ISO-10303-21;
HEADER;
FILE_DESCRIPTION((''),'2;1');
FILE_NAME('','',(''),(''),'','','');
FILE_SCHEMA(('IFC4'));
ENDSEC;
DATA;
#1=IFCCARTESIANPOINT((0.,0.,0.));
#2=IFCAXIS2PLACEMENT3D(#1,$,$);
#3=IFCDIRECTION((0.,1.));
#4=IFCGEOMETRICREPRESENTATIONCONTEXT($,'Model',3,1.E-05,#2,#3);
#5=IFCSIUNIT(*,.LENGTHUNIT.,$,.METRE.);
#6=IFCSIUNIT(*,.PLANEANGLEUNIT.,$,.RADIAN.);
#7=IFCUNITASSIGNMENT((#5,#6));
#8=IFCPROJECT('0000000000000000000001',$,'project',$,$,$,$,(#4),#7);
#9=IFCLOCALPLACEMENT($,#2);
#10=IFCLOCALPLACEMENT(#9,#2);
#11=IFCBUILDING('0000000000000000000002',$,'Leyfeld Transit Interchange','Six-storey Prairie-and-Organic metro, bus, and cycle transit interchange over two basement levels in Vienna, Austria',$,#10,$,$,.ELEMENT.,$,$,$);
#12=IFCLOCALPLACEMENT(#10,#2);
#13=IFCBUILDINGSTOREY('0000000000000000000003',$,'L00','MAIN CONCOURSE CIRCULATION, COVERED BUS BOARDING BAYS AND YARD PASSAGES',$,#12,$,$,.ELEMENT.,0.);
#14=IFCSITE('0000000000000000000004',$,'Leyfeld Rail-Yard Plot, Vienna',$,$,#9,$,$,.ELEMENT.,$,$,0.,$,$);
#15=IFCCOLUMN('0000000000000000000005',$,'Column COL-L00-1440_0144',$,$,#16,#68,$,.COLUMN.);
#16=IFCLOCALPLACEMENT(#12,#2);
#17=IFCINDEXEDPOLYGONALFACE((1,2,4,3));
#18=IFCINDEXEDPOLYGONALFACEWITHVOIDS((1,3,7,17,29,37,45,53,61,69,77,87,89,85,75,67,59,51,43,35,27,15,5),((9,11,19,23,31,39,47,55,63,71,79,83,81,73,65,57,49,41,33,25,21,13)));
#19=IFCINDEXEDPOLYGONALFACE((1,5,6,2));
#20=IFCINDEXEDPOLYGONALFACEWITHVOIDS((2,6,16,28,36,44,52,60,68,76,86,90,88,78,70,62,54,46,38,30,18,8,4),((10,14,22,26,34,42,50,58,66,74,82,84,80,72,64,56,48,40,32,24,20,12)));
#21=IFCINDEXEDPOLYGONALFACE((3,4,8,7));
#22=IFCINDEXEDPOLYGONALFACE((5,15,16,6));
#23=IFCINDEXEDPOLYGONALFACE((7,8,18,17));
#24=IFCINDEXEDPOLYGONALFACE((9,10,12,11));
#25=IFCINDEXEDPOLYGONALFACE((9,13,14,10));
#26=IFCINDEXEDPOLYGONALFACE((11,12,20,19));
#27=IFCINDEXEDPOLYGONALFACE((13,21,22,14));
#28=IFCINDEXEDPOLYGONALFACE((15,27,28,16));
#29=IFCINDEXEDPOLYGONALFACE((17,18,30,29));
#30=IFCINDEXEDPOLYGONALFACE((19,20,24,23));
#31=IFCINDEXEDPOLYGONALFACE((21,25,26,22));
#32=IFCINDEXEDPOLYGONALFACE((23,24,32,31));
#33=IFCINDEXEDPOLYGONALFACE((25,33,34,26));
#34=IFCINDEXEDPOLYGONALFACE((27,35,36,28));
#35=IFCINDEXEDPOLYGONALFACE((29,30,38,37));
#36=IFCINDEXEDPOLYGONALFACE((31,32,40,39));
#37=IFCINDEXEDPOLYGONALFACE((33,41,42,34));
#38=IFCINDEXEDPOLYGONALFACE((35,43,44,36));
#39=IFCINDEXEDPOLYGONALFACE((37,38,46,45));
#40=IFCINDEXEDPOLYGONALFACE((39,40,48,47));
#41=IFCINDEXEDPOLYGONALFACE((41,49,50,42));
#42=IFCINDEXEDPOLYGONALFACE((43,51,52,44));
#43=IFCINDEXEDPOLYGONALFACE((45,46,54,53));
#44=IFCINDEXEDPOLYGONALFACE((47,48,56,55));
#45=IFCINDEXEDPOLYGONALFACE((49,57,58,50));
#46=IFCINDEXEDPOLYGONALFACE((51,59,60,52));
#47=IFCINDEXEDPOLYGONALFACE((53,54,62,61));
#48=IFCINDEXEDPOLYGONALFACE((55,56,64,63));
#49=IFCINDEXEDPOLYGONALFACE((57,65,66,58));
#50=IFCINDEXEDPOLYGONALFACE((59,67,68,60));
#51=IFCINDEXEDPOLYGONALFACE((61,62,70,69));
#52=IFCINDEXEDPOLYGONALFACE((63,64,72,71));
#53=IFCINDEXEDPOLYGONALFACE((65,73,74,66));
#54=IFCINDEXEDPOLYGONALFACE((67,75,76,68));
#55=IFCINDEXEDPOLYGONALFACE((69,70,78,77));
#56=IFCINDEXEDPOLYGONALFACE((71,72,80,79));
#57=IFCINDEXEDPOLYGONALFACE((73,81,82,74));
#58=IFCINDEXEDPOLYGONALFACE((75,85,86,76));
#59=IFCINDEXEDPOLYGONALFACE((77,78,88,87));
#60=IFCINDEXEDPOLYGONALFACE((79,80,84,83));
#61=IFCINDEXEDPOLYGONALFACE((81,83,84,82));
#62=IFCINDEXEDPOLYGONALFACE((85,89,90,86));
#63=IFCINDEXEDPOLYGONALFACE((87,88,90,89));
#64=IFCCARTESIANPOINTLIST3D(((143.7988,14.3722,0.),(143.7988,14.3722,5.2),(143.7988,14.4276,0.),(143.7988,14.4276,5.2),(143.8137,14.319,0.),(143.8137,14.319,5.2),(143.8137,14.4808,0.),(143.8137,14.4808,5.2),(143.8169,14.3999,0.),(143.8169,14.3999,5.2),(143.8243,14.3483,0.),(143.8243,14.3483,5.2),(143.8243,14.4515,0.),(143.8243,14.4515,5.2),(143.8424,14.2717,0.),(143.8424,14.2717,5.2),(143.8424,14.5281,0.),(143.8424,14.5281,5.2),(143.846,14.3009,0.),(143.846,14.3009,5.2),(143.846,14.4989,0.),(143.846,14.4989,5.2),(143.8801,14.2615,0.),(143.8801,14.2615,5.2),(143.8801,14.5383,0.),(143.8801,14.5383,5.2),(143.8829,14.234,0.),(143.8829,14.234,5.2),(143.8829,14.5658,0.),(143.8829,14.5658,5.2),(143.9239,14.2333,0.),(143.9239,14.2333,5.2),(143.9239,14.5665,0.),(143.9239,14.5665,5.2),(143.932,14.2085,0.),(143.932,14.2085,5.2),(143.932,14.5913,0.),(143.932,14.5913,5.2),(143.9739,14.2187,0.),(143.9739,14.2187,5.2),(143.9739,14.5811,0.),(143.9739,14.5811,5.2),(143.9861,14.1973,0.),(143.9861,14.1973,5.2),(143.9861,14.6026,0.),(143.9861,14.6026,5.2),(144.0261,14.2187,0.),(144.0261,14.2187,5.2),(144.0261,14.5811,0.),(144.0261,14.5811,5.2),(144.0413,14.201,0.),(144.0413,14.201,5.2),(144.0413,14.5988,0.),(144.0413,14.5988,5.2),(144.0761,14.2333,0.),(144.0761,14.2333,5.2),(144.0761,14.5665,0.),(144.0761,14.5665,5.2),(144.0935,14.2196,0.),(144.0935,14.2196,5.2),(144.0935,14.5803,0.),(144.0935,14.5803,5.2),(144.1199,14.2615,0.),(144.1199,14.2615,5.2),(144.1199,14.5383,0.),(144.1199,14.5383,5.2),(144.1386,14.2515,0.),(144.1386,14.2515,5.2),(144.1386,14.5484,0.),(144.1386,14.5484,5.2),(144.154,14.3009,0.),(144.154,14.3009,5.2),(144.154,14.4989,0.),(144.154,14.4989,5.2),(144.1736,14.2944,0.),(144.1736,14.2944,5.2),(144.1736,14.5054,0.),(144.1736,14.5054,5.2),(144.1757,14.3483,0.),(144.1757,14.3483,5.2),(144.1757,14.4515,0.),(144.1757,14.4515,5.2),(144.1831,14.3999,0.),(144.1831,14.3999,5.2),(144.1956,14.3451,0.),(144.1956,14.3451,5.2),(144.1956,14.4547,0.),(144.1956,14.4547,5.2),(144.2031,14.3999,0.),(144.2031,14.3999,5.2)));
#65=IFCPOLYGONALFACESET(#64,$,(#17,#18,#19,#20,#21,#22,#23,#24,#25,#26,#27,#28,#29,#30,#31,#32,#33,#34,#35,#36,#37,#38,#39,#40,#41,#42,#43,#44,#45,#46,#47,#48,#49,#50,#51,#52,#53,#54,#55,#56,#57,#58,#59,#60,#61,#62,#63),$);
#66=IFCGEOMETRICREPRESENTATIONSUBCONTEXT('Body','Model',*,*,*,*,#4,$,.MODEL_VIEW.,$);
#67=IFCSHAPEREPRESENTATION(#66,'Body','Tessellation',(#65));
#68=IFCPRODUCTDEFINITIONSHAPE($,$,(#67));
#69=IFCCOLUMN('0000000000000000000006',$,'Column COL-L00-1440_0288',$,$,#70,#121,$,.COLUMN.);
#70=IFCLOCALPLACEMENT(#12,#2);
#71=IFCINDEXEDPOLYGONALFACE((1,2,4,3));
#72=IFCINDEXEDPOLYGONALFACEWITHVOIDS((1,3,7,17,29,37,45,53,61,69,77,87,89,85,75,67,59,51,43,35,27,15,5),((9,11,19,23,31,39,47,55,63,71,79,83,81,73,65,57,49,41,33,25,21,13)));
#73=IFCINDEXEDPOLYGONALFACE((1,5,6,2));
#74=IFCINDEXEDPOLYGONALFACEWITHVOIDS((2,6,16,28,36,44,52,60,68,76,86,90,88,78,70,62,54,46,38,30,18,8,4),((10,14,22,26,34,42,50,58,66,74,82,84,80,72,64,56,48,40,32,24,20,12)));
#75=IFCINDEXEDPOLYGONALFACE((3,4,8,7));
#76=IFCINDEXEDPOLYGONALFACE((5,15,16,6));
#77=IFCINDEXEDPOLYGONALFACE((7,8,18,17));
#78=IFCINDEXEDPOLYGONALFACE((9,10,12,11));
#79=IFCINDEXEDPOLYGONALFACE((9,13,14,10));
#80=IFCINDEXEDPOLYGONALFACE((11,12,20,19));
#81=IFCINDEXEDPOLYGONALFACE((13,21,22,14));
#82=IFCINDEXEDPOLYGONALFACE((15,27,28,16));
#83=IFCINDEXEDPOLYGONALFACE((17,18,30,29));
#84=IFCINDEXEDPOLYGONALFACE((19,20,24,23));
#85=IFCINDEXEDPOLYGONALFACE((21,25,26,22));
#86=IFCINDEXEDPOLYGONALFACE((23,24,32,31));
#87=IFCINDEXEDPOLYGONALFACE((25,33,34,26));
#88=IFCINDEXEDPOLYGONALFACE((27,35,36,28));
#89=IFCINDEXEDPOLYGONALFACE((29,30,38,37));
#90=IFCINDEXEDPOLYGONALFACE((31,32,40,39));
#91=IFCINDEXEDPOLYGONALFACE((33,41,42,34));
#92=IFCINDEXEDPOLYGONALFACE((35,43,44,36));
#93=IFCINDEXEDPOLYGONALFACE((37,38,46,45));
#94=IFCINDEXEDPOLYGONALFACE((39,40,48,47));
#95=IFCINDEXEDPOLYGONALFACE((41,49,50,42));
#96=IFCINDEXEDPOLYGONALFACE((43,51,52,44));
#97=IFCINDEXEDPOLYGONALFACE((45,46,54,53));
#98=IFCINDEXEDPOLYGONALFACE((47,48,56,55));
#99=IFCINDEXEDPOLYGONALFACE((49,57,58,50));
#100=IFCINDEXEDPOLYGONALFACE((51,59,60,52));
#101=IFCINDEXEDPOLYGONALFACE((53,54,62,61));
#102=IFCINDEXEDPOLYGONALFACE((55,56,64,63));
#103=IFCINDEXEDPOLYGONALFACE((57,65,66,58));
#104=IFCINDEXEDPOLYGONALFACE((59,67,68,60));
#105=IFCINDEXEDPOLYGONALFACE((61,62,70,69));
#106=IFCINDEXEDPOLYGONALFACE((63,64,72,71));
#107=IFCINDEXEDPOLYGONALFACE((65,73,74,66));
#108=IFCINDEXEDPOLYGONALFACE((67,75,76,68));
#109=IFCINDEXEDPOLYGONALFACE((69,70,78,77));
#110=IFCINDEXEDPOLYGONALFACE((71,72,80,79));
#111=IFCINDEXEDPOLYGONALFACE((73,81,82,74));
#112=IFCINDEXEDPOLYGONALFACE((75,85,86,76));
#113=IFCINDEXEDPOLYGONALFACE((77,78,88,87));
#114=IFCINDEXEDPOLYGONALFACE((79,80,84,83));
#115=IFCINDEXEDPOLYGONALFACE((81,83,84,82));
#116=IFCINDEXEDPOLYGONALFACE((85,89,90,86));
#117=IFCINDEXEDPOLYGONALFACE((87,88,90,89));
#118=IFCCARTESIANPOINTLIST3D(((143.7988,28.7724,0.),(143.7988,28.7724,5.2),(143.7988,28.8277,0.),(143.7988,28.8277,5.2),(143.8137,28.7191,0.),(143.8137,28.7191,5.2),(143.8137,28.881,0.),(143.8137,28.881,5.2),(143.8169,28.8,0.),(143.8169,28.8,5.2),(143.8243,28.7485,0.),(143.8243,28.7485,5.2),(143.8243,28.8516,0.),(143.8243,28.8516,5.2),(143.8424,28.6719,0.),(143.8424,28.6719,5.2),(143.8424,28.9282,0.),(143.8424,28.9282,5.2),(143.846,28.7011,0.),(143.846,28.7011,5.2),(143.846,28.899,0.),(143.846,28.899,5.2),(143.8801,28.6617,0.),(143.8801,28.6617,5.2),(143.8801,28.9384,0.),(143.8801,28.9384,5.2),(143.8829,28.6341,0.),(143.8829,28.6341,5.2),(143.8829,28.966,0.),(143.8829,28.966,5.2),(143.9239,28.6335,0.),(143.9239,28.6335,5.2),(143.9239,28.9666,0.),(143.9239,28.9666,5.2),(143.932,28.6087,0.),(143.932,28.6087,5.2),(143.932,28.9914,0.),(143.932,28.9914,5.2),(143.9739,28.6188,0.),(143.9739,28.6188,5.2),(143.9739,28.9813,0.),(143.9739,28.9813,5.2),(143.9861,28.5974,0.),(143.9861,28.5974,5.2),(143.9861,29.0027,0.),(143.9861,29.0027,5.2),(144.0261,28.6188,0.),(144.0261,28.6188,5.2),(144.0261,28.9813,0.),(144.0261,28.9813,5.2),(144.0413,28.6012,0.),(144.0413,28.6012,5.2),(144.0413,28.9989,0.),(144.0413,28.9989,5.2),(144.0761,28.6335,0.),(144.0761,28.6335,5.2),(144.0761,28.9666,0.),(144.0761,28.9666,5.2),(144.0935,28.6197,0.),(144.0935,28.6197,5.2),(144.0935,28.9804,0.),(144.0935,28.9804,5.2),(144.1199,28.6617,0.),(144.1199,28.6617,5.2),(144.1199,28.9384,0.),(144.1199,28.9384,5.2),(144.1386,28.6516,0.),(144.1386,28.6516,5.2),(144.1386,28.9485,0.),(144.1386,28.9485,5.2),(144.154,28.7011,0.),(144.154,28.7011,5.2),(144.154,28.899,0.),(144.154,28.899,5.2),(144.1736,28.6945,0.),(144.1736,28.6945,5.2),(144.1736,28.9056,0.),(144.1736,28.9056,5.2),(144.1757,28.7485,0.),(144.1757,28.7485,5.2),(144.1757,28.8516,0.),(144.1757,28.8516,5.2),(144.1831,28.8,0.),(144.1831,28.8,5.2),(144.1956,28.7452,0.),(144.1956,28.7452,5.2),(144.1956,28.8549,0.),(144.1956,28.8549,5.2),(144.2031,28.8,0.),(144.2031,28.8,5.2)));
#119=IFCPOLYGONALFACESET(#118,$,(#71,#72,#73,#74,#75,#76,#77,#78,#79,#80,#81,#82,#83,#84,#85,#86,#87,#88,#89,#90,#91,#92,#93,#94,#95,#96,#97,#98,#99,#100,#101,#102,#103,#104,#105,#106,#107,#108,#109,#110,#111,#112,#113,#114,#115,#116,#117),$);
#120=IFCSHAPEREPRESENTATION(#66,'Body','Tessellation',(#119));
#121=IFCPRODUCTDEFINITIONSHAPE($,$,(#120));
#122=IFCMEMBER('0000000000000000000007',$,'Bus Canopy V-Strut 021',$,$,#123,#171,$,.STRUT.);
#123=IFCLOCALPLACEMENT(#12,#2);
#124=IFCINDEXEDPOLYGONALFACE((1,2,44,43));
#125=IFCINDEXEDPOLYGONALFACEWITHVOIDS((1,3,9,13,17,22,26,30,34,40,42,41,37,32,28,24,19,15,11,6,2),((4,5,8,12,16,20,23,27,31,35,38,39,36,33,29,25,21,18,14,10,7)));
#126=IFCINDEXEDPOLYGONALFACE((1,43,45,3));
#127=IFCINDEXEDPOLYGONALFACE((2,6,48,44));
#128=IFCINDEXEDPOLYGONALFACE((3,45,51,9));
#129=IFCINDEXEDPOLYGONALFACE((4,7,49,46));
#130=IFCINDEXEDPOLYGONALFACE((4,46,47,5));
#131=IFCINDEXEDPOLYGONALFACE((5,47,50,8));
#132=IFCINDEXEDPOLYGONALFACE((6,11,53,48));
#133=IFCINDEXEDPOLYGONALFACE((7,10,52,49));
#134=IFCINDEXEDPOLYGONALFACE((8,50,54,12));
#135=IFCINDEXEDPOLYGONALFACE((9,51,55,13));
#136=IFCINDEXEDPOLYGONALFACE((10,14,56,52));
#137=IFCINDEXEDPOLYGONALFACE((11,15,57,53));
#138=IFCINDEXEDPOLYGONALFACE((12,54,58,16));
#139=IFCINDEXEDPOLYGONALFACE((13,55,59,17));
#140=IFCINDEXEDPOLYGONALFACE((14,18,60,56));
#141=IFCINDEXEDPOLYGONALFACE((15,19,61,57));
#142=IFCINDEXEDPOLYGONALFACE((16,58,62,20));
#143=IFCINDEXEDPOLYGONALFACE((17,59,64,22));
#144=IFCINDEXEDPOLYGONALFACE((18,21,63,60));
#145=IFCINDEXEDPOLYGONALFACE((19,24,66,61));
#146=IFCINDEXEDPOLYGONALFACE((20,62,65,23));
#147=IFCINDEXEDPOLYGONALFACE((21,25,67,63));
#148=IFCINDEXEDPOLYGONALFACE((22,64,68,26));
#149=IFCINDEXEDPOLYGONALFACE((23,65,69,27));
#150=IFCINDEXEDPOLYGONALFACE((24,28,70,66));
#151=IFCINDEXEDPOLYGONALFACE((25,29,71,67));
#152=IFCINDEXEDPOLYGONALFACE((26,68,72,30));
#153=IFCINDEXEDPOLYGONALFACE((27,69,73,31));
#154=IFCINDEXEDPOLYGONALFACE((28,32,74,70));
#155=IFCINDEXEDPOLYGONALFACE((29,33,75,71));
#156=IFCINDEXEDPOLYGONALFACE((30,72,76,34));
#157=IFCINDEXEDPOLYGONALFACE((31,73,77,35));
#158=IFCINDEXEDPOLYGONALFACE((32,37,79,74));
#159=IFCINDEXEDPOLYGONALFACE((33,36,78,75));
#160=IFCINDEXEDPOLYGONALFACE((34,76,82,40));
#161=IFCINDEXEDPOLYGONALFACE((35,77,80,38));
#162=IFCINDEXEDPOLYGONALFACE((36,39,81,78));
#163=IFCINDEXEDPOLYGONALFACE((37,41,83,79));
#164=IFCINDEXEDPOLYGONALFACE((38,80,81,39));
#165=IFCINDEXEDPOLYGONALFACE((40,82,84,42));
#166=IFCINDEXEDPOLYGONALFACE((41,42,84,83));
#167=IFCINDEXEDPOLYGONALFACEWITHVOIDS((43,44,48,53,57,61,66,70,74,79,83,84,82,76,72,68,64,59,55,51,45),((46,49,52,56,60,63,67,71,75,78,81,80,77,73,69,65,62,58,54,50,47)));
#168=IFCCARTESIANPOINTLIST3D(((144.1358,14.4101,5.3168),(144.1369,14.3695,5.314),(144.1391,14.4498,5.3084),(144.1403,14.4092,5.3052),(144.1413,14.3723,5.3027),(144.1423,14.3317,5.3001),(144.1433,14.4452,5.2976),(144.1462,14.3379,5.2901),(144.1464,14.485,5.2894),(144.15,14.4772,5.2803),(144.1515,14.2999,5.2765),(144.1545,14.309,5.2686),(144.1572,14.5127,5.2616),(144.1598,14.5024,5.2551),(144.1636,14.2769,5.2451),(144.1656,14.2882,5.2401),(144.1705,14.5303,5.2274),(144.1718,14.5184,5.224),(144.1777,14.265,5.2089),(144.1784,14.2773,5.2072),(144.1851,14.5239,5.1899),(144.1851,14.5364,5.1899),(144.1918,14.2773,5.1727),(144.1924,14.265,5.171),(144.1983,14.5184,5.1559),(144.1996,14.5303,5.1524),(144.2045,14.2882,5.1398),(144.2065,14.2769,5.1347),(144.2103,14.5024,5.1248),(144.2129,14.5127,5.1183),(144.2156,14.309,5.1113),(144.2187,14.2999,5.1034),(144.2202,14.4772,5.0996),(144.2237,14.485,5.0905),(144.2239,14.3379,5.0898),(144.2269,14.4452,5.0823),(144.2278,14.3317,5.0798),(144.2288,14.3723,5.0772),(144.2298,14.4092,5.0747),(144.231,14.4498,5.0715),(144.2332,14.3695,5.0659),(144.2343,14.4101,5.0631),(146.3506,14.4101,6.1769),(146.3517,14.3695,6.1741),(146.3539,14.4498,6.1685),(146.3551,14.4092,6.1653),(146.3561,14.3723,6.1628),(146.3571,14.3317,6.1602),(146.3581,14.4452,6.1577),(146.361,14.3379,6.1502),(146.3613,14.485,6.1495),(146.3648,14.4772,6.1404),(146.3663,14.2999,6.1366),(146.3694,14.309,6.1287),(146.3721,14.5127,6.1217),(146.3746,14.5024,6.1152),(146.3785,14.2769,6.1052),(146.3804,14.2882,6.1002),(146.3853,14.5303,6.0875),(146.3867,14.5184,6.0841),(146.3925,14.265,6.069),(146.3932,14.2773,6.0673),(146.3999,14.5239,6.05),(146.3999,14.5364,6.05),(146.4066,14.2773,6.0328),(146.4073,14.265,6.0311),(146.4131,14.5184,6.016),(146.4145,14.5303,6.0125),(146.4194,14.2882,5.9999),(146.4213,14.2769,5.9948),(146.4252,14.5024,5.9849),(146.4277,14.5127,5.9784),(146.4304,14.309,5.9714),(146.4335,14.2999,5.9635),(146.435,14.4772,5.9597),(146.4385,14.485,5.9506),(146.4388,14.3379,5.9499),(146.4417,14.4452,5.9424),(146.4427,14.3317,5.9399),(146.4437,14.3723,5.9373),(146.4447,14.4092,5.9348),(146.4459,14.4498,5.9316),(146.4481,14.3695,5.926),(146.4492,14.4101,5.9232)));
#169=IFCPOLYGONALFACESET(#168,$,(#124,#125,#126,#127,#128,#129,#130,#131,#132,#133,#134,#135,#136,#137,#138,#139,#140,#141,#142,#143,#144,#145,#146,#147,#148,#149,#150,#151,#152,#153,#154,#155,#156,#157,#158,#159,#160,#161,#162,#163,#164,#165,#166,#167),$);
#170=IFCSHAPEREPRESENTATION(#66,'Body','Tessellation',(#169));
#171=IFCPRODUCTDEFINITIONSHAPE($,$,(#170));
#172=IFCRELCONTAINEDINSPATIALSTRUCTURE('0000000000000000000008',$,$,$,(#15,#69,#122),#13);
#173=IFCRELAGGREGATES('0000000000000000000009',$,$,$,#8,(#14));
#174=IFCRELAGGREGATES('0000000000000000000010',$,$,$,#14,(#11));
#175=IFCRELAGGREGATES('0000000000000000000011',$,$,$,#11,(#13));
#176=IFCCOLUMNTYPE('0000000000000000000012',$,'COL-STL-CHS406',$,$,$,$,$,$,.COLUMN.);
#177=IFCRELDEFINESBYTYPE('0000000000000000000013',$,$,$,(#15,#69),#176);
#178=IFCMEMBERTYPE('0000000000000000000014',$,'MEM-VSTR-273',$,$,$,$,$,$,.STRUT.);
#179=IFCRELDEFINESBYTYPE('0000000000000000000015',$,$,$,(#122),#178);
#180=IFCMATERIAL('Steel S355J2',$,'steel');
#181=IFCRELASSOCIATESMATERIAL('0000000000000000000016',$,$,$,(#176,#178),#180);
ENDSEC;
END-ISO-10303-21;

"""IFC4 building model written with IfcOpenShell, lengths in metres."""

from ifc_helpers import new_model, si_unit, direction, frame, origin, origin_2d, place, context, subcontext, project, spatial, hollow_circle, extrude, material, material_profile, profile_set, type_object, element, save


model = new_model("IFC4")

# Units and contexts
model_context = context("Model", 3, precision=1e-05, world=origin(), true_north=direction((0.0, 1.0)))
body_context = subcontext(model_context, "Body", "Model", "MODEL_VIEW")
ifc_project = project(units=[si_unit("LENGTHUNIT", "METRE"), si_unit("PLANEANGLEUNIT", "RADIAN")], contexts=[model_context])

# Site, building, storey
site_placement = place(None, origin())
site = spatial("IfcSite", under=ifc_project, at=site_placement, Name="Leyfeld Rail-Yard Plot, Vienna", CompositionType="ELEMENT", RefElevation=0.0)
building_placement = place(site_placement, origin())
building = spatial("IfcBuilding", under=site, at=building_placement, Name="Leyfeld Transit Interchange", Description="Six-storey Prairie-and-Organic metro, bus, and cycle transit interchange over two basement levels in Vienna, Austria", CompositionType="ELEMENT")
storey_placement = place(building_placement, origin())
storey = spatial("IfcBuildingStorey", under=building, at=storey_placement, Name="L00", Description="MAIN CONCOURSE CIRCULATION, COVERED BUS BOARDING BAYS AND YARD PASSAGES", CompositionType="ELEMENT", Elevation=0.0)

# Columns
ifc_material = material(Name="Steel S355J2", Category="steel")
ifc_material_profile_1 = material_profile(ifc_material, hollow_circle(Radius=0.2031, WallThickness=0.02, at=origin_2d()), Name="CHS 406.4x20")
ifc_profile_set_1 = profile_set([ifc_material_profile_1], Name="Steel S355J2")
column_type = type_object("IfcColumnType", Name="COL-STL-CHS406", PredefinedType="COLUMN", material=ifc_profile_set_1)
for number, where, z_axis, x_axis, name in (
    (1, (144.0, 14.3999, 0.0), (0.0, 0.0, 1.0), (1.0, 0.0, 0.0), "Column COL-L00-1440_0144"),
    (2, (144.0, 28.8, 0.0), (0.0, 0.0, 1.0), (1.0, 0.0, 0.0), "Column COL-L00-1440_0288"),
):
    element("IfcColumn", number, at=place(storey_placement, frame(where, z_axis=z_axis, x_axis=x_axis)), inside=storey, type_object=column_type, Name=name, PredefinedType="COLUMN", context=body_context, shape_type="SweptSolid", body=[
        extrude(hollow_circle(Radius=0.2031, WallThickness=0.02, at=origin_2d()), origin(), (0.0, 0.0, 1.0), 5.2),
    ])

# Member
ifc_material_profile_2 = material_profile(ifc_material, hollow_circle(Radius=0.1365, WallThickness=0.0125, at=origin_2d()), Name="CHS 273x12.5")
ifc_profile_set_2 = profile_set([ifc_material_profile_2], Name="Steel S355J2")
member_type_1 = type_object("IfcMemberType", Name="MEM-VSTR-273", PredefinedType="STRUT", material=ifc_profile_set_2)
for number, where, z_axis, x_axis, name in (
    (3, (144.1851, 14.3999, 5.1899), (0.932178, 0.0, 0.362), (0.0, 1.0, 0.0), "Bus Canopy V-Strut 021"),
):
    element("IfcMember", number, at=place(storey_placement, frame(where, z_axis=z_axis, x_axis=x_axis)), inside=storey, type_object=member_type_1, Name=name, PredefinedType="STRUT", context=body_context, shape_type="SweptSolid", body=[
        extrude(hollow_circle(Radius=0.1365, WallThickness=0.0125, at=origin_2d()), origin(), (0.0, 0.0, 1.0), 2.376),
    ])

save(model, "model.ifc")
